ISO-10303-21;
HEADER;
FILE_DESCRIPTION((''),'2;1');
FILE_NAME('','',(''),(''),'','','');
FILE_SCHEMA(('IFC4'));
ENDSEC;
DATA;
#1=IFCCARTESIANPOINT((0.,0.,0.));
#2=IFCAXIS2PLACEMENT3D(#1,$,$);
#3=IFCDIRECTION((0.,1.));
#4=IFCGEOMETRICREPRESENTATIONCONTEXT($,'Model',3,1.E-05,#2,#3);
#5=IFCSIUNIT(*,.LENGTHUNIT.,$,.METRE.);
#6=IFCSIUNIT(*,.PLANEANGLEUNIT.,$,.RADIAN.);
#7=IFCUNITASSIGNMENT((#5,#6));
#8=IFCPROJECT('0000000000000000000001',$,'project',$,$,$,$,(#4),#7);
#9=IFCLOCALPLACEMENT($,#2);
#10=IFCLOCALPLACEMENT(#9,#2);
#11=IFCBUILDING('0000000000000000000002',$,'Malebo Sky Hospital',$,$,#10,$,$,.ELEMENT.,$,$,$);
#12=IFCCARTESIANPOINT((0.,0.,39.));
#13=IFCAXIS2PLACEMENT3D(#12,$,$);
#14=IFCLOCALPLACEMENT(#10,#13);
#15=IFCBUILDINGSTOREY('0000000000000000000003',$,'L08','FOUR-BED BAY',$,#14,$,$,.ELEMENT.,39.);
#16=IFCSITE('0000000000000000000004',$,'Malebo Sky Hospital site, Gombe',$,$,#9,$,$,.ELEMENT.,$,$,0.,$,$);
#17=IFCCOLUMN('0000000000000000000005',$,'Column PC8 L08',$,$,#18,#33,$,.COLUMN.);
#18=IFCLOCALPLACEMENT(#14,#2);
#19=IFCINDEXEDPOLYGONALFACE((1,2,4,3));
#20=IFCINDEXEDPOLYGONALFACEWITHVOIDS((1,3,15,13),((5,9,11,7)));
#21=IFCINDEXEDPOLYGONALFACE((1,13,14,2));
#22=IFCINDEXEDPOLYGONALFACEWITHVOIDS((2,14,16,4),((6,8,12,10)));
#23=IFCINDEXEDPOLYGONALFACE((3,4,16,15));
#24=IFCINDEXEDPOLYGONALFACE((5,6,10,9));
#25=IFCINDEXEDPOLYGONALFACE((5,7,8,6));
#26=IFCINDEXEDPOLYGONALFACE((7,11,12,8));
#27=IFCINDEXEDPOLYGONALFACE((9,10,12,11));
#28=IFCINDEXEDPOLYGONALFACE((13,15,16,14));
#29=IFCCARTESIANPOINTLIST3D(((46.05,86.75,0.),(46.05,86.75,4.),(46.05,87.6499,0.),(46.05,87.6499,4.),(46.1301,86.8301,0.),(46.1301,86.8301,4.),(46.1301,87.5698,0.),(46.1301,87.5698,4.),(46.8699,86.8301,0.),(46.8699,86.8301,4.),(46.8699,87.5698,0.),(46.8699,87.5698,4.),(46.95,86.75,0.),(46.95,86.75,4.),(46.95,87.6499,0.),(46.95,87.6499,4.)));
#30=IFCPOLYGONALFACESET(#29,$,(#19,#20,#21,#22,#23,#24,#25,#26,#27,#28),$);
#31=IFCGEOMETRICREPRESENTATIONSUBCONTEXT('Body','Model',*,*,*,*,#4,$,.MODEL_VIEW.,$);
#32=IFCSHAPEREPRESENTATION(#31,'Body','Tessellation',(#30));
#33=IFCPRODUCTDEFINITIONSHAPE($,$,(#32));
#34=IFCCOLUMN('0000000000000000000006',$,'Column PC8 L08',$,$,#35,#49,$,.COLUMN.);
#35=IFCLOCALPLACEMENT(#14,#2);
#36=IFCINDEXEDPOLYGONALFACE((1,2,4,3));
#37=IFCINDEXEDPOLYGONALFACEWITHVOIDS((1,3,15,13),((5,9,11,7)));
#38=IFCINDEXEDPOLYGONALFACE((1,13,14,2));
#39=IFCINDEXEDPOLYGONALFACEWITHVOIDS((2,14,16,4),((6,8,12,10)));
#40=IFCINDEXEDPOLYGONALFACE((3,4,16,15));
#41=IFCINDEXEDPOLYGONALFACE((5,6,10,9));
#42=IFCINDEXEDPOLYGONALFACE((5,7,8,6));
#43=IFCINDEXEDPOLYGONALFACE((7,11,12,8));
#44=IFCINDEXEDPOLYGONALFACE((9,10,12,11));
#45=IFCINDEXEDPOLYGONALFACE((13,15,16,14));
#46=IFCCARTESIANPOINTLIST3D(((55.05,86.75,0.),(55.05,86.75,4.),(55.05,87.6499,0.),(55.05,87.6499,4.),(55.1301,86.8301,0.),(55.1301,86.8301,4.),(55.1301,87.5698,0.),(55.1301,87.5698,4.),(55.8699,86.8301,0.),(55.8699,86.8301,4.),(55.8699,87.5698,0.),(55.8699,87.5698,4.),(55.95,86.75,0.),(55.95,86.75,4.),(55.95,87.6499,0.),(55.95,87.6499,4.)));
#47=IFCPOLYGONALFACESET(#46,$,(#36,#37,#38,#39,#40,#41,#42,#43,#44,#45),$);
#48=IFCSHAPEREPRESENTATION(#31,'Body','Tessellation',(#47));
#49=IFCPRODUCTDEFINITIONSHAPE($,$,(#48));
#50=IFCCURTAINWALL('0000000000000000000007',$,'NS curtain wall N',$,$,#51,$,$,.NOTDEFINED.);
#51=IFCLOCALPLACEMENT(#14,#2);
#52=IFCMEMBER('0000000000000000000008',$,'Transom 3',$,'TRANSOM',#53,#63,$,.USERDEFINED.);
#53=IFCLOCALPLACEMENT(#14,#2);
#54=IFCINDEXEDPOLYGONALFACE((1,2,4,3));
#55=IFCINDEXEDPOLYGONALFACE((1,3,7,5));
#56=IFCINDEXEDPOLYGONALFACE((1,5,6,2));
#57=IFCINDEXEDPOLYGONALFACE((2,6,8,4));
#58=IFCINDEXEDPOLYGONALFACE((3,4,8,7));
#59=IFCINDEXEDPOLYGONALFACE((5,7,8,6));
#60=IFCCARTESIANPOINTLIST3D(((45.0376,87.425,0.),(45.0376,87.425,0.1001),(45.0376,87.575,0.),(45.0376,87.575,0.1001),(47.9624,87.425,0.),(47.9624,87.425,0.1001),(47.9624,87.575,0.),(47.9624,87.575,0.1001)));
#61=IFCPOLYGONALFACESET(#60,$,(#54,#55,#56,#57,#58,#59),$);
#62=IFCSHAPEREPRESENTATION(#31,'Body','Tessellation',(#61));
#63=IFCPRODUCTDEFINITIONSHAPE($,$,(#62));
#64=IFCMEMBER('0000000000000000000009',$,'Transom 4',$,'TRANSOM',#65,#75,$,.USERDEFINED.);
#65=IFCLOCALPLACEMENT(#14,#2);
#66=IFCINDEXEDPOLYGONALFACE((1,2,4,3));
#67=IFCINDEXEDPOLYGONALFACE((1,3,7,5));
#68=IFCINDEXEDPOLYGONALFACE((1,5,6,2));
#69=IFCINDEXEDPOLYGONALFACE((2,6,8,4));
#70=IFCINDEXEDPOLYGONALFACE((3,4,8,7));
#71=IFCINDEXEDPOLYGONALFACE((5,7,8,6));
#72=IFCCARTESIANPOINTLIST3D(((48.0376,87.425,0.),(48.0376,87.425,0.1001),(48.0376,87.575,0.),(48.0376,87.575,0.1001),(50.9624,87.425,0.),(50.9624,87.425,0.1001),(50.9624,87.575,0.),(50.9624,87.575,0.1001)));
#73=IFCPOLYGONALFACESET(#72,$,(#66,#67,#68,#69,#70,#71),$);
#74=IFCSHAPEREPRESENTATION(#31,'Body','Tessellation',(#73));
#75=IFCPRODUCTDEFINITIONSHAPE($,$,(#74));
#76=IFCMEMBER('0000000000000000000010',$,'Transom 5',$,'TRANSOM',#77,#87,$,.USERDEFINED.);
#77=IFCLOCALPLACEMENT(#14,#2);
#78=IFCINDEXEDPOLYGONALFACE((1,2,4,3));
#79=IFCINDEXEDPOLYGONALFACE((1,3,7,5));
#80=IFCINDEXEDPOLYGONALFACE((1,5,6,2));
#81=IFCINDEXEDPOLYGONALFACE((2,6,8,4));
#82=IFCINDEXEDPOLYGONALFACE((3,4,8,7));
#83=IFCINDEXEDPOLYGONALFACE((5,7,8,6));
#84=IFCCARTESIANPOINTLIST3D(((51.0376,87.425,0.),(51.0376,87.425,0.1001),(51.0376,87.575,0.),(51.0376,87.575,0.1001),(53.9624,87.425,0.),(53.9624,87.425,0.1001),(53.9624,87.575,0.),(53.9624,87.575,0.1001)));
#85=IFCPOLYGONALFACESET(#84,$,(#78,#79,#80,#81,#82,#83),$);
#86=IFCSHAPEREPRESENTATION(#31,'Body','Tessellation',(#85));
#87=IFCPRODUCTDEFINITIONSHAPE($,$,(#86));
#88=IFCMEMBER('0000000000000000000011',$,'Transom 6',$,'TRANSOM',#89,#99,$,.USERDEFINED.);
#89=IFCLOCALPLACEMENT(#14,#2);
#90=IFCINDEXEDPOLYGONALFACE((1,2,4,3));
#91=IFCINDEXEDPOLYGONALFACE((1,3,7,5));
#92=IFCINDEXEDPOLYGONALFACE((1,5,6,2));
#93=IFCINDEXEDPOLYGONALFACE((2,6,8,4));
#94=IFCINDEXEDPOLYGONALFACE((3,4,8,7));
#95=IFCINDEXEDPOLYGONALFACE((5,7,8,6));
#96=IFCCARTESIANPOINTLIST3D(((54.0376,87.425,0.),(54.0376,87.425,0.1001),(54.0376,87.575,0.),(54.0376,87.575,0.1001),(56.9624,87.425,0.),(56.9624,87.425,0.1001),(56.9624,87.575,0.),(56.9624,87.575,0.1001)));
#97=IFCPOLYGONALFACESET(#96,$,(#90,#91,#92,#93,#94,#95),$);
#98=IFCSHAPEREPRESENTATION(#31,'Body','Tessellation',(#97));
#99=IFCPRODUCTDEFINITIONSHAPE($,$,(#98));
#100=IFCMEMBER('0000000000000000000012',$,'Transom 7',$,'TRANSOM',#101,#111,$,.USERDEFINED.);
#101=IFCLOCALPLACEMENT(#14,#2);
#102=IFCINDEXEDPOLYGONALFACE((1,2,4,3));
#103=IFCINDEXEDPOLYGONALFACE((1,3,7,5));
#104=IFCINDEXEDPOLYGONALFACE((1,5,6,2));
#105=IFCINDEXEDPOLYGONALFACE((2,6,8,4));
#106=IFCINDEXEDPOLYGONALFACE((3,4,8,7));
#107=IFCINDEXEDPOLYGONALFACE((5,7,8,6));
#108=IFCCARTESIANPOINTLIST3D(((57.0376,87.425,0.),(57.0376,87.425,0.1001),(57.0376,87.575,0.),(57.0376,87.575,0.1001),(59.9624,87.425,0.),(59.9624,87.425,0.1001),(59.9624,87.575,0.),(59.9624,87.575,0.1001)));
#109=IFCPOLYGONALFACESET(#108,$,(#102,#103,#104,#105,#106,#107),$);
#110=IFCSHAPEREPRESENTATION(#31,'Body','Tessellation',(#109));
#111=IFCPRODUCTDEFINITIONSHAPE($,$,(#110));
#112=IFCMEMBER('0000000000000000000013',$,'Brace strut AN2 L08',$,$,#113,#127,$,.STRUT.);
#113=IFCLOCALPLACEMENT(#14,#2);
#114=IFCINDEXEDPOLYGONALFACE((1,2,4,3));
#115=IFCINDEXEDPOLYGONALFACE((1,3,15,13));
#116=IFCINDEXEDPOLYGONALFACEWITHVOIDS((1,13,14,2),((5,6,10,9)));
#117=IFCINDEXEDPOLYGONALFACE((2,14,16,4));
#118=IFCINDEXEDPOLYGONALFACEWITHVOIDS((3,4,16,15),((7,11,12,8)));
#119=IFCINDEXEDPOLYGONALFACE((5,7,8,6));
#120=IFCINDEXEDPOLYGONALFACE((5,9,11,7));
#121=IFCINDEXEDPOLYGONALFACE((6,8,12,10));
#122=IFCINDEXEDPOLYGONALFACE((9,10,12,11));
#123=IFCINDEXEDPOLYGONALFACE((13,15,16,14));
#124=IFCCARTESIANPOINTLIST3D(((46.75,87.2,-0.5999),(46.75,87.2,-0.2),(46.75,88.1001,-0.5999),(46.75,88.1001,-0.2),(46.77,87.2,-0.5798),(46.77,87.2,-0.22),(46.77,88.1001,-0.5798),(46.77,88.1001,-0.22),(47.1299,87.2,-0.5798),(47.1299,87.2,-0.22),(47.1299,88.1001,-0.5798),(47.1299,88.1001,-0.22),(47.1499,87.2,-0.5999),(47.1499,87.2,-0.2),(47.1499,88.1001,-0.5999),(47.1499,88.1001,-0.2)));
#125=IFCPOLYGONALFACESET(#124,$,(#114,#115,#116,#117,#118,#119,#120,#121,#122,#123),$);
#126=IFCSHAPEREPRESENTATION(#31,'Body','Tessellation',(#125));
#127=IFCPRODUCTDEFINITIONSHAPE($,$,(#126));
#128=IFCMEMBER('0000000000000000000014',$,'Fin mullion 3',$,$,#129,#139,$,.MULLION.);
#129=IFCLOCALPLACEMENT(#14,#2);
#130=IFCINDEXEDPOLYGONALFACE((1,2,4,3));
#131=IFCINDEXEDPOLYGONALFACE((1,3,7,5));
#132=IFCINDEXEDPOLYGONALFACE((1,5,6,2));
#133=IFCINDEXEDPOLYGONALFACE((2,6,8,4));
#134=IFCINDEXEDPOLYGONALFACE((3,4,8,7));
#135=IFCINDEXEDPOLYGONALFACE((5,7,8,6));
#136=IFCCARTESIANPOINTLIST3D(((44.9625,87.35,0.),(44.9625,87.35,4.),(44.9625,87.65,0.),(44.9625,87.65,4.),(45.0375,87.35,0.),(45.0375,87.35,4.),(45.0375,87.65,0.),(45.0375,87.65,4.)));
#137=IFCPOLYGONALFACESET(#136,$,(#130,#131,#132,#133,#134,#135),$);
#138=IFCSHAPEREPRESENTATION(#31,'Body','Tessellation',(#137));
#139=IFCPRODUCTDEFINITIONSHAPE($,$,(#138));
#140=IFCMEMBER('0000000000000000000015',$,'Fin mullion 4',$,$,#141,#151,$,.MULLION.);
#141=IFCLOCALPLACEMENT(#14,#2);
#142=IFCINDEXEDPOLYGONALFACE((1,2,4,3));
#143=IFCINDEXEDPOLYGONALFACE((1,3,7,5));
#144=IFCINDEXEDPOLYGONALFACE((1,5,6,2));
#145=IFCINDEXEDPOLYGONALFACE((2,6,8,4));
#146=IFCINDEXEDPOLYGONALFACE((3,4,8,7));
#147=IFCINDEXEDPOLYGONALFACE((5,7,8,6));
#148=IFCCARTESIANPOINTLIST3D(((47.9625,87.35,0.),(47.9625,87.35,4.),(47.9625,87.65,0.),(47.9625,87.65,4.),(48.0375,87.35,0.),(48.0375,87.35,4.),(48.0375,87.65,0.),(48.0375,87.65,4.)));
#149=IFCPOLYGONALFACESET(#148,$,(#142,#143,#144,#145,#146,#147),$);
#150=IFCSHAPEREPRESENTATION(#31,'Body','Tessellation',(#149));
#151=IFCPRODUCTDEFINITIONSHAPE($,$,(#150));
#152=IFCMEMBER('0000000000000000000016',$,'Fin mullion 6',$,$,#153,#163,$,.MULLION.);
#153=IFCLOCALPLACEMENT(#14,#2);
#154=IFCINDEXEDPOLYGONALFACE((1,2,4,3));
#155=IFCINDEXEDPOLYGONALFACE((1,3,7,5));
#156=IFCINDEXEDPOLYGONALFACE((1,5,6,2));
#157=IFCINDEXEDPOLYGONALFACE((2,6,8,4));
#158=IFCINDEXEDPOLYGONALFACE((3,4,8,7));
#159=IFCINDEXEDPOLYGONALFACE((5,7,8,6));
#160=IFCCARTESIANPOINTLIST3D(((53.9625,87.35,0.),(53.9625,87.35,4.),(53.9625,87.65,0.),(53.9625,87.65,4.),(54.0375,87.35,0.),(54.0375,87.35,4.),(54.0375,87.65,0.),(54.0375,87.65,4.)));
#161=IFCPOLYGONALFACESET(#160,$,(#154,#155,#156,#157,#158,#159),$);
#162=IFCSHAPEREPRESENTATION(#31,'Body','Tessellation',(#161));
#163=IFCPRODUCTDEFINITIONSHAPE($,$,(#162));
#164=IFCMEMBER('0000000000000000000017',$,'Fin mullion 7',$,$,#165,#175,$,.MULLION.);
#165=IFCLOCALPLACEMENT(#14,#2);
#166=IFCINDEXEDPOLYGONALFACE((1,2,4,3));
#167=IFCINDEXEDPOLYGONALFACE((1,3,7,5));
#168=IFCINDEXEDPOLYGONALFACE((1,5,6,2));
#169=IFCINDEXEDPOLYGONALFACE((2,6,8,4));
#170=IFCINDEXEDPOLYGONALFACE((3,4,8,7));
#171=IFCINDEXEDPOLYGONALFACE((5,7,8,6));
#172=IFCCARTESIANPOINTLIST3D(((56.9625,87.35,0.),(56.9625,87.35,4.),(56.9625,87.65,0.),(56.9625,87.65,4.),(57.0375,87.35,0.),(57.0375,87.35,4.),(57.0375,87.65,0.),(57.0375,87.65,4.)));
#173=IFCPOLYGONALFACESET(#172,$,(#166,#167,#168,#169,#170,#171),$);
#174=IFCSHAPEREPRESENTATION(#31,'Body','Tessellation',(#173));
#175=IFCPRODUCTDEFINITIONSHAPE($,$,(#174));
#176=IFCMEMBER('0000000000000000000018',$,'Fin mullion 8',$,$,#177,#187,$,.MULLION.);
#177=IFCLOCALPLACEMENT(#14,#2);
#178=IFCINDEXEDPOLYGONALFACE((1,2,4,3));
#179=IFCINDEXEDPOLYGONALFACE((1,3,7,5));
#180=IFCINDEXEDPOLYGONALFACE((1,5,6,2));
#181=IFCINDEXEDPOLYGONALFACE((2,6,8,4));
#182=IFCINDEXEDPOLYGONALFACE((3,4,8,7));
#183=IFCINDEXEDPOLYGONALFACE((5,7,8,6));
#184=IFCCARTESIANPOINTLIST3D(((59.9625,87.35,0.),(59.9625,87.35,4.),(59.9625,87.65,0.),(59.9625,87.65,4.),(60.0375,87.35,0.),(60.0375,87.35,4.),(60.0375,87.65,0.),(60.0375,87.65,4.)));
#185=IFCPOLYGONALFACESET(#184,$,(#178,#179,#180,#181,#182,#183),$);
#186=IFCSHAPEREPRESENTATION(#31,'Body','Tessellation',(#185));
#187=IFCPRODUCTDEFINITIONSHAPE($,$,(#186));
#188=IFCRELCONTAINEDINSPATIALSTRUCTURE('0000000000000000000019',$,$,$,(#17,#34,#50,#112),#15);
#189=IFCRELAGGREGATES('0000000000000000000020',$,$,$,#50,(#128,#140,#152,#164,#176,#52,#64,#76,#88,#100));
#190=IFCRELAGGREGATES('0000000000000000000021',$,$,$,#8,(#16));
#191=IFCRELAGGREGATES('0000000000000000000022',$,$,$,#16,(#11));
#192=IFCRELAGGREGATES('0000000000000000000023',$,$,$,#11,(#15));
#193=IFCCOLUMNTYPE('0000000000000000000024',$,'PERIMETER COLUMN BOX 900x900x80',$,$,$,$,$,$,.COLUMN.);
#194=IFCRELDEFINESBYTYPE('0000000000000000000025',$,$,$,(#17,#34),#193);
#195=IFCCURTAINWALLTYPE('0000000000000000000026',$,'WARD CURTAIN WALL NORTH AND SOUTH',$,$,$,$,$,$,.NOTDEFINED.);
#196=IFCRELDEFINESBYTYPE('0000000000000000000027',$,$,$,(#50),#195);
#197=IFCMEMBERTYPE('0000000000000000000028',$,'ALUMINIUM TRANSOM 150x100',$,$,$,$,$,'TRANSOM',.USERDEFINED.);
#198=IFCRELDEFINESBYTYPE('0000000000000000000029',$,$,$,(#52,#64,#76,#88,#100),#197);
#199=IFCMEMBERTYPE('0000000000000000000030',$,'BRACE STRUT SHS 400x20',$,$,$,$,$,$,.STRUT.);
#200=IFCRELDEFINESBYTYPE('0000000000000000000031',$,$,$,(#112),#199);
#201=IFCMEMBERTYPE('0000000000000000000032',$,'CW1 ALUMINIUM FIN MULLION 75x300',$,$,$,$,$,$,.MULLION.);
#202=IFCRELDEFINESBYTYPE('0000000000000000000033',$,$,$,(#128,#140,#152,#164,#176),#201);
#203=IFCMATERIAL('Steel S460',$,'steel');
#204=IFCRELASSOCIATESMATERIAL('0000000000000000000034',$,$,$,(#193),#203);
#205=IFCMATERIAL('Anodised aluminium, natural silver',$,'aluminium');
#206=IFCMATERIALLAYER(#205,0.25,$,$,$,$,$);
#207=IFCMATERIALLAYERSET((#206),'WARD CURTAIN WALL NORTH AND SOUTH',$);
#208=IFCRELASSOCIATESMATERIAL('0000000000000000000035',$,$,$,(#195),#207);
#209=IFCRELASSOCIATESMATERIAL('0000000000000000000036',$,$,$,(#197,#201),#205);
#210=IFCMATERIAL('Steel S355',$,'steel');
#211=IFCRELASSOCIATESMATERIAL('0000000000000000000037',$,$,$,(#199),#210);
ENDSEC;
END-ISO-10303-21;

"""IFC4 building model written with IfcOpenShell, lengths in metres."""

from ifc_helpers import new_model, si_unit, direction, frame, origin, origin_2d, place, context, subcontext, project, spatial, rectangle, hollow_rectangle, extrude, material, layer, layer_set, material_profile, profile_set, type_object, element, aggregate, save


model = new_model("IFC4")

# Units and contexts
model_context = context("Model", 3, precision=1e-05, world=origin(), true_north=direction((0.0, 1.0)))
body_context = subcontext(model_context, "Body", "Model", "MODEL_VIEW")
ifc_project = project(units=[si_unit("LENGTHUNIT", "METRE"), si_unit("PLANEANGLEUNIT", "RADIAN")], contexts=[model_context])

# Site, building, storey
site_placement = place(None, origin())
site = spatial("IfcSite", under=ifc_project, at=site_placement, Name="Malebo Sky Hospital site, Gombe", CompositionType="ELEMENT", RefElevation=0.0)
building_placement = place(site_placement, origin())
building = spatial("IfcBuilding", under=site, at=building_placement, Name="Malebo Sky Hospital", CompositionType="ELEMENT")
storey_placement = place(building_placement, frame((0.0, 0.0, 39.0)))
storey = spatial("IfcBuildingStorey", under=building, at=storey_placement, Name="L08", Description="FOUR-BED BAY", CompositionType="ELEMENT", Elevation=39.0)

# Columns
ifc_material_1 = material(Name="Steel S460", Category="steel")
ifc_material_profile_1 = material_profile(ifc_material_1, hollow_rectangle(XDim=0.8999, YDim=0.8999, WallThickness=0.0801, at=origin_2d()), Name="BOX 900x900x80")
ifc_profile_set_1 = profile_set([ifc_material_profile_1], Name="Steel S460")
column_type = type_object("IfcColumnType", Name="PERIMETER COLUMN BOX 900x900x80", PredefinedType="COLUMN", material=ifc_profile_set_1)
for number, where, z_axis, x_axis, name in (
    (1, (46.5, 87.2, 0.0), (0.0, 0.0, 1.0), (1.0, 0.0, 0.0), "Column PC8 L08"),
    (2, (55.5, 87.2, 0.0), (0.0, 0.0, 1.0), (1.0, 0.0, 0.0), "Column PC8 L08"),
):
    element("IfcColumn", number, at=place(storey_placement, frame(where, z_axis=z_axis, x_axis=x_axis)), inside=storey, type_object=column_type, Name=name, PredefinedType="COLUMN", context=body_context, shape_type="SweptSolid", body=[
        extrude(hollow_rectangle(XDim=0.8999, YDim=0.8999, WallThickness=0.0801, at=origin_2d()), origin(), (0.0, 0.0, 1.0), 4.0),
    ])

# Curtain wall, members
ifc_material_2 = material(Name="Anodised aluminium, natural silver", Category="aluminium")
ifc_layer_1 = layer(ifc_material_2, 0.25)
ifc_layer_set_1 = layer_set([ifc_layer_1], Name="WARD CURTAIN WALL NORTH AND SOUTH")
curtain_wall_type = type_object("IfcCurtainWallType", Name="WARD CURTAIN WALL NORTH AND SOUTH", PredefinedType="NOTDEFINED", material=ifc_layer_set_1)
curtain_wall_placement = place(storey_placement, origin())
curtain_wall = element("IfcCurtainWall", 3, at=curtain_wall_placement, inside=storey, type_object=curtain_wall_type, Name="NS curtain wall N", PredefinedType="NOTDEFINED")
ifc_material_profile_2 = material_profile(ifc_material_2, rectangle(XDim=0.1499, YDim=0.1001, at=origin_2d()), Name="ALUMINIUM TRANSOM 150x100")
ifc_profile_set_2 = profile_set([ifc_material_profile_2], Name="Anodised aluminium, natural silver")
member_type_1 = type_object("IfcMemberType", Name="ALUMINIUM TRANSOM 150x100", ElementType="TRANSOM", PredefinedType="USERDEFINED", material=ifc_profile_set_2)
member_1_placement = place(storey_placement, frame((45.0376, 87.5, 0.05), z_axis=(1.0, 0.0, 0.0), x_axis=(0.0, 1.0, 0.0)))
member_1 = element("IfcMember", 4, at=member_1_placement, type_object=member_type_1, Name="Transom 3", ObjectType="TRANSOM", PredefinedType="USERDEFINED", context=body_context, shape_type="SweptSolid", body=[
    extrude(rectangle(XDim=0.1499, YDim=0.1001, at=origin_2d()), origin(), (0.0, 0.0, 1.0), 2.9248),
])
member_2_placement = place(storey_placement, frame((48.0376, 87.5, 0.05), z_axis=(1.0, 0.0, 0.0), x_axis=(0.0, 1.0, 0.0)))
member_2 = element("IfcMember", 5, at=member_2_placement, type_object=member_type_1, Name="Transom 4", ObjectType="TRANSOM", PredefinedType="USERDEFINED", context=body_context, shape_type="SweptSolid", body=[
    extrude(rectangle(XDim=0.1499, YDim=0.1001, at=origin_2d()), origin(), (0.0, 0.0, 1.0), 2.9248),
])
member_3_placement = place(storey_placement, frame((51.0376, 87.5, 0.05), z_axis=(1.0, 0.0, 0.0), x_axis=(0.0, 1.0, 0.0)))
member_3 = element("IfcMember", 6, at=member_3_placement, type_object=member_type_1, Name="Transom 5", ObjectType="TRANSOM", PredefinedType="USERDEFINED", context=body_context, shape_type="SweptSolid", body=[
    extrude(rectangle(XDim=0.1499, YDim=0.1001, at=origin_2d()), origin(), (0.0, 0.0, 1.0), 2.9248),
])
member_4_placement = place(storey_placement, frame((54.0376, 87.5, 0.05), z_axis=(1.0, 0.0, 0.0), x_axis=(0.0, 1.0, 0.0)))
member_4 = element("IfcMember", 7, at=member_4_placement, type_object=member_type_1, Name="Transom 6", ObjectType="TRANSOM", PredefinedType="USERDEFINED", context=body_context, shape_type="SweptSolid", body=[
    extrude(rectangle(XDim=0.1499, YDim=0.1001, at=origin_2d()), origin(), (0.0, 0.0, 1.0), 2.9248),
])
member_5_placement = place(storey_placement, frame((57.0376, 87.5, 0.05), z_axis=(1.0, 0.0, 0.0), x_axis=(0.0, 1.0, 0.0)))
member_5 = element("IfcMember", 8, at=member_5_placement, type_object=member_type_1, Name="Transom 7", ObjectType="TRANSOM", PredefinedType="USERDEFINED", context=body_context, shape_type="SweptSolid", body=[
    extrude(rectangle(XDim=0.1499, YDim=0.1001, at=origin_2d()), origin(), (0.0, 0.0, 1.0), 2.9248),
])

# Members
ifc_material_3 = material(Name="Steel S355", Category="steel")
ifc_material_profile_3 = material_profile(ifc_material_3, hollow_rectangle(XDim=0.3999, YDim=0.3999, WallThickness=0.02, at=origin_2d()), Name="SHS 400x20")
ifc_profile_set_3 = profile_set([ifc_material_profile_3], Name="Steel S355")
member_type_2 = type_object("IfcMemberType", Name="BRACE STRUT SHS 400x20", PredefinedType="STRUT", material=ifc_profile_set_3)
member_6_placement = place(storey_placement, frame((46.95, 88.1001, -0.3999), z_axis=(0.0, -1.0, 0.0), x_axis=(1.0, 0.0, 0.0)))
element("IfcMember", 9, at=member_6_placement, inside=storey, type_object=member_type_2, Name="Brace strut AN2 L08", PredefinedType="STRUT", context=body_context, shape_type="SweptSolid", body=[
    extrude(hollow_rectangle(XDim=0.3999, YDim=0.3999, WallThickness=0.02, at=origin_2d()), origin(), (0.0, 0.0, 1.0), 0.9001),
])
ifc_material_profile_4 = material_profile(ifc_material_2, rectangle(XDim=0.075, YDim=0.3, at=origin_2d()), Name="CW1 ALUMINIUM FIN MULLION 75x300")
ifc_profile_set_4 = profile_set([ifc_material_profile_4], Name="Anodised aluminium, natural silver")
member_type_3 = type_object("IfcMemberType", Name="CW1 ALUMINIUM FIN MULLION 75x300", PredefinedType="MULLION", material=ifc_profile_set_4)
member_7_placement = place(storey_placement, frame((45.0, 87.5, 0.0), z_axis=(0.0, 0.0, 1.0), x_axis=(1.0, 0.0, 0.0)))
member_7 = element("IfcMember", 10, at=member_7_placement, type_object=member_type_3, Name="Fin mullion 3", PredefinedType="MULLION", context=body_context, shape_type="SweptSolid", body=[
    extrude(rectangle(XDim=0.075, YDim=0.3, at=origin_2d()), origin(), (0.0, 0.0, 1.0), 4.0),
])
member_8_placement = place(storey_placement, frame((48.0, 87.5, 0.0), z_axis=(0.0, 0.0, 1.0), x_axis=(1.0, 0.0, 0.0)))
member_8 = element("IfcMember", 11, at=member_8_placement, type_object=member_type_3, Name="Fin mullion 4", PredefinedType="MULLION", context=body_context, shape_type="SweptSolid", body=[
    extrude(rectangle(XDim=0.075, YDim=0.3, at=origin_2d()), origin(), (0.0, 0.0, 1.0), 4.0),
])
member_9_placement = place(storey_placement, frame((54.0, 87.5, 0.0), z_axis=(0.0, 0.0, 1.0), x_axis=(1.0, 0.0, 0.0)))
member_9 = element("IfcMember", 12, at=member_9_placement, type_object=member_type_3, Name="Fin mullion 6", PredefinedType="MULLION", context=body_context, shape_type="SweptSolid", body=[
    extrude(rectangle(XDim=0.075, YDim=0.3, at=origin_2d()), origin(), (0.0, 0.0, 1.0), 4.0),
])
member_10_placement = place(storey_placement, frame((57.0, 87.5, 0.0), z_axis=(0.0, 0.0, 1.0), x_axis=(1.0, 0.0, 0.0)))
member_10 = element("IfcMember", 13, at=member_10_placement, type_object=member_type_3, Name="Fin mullion 7", PredefinedType="MULLION", context=body_context, shape_type="SweptSolid", body=[
    extrude(rectangle(XDim=0.075, YDim=0.3, at=origin_2d()), origin(), (0.0, 0.0, 1.0), 4.0),
])
member_11_placement = place(storey_placement, frame((60.0, 87.5, 0.0), z_axis=(0.0, 0.0, 1.0), x_axis=(1.0, 0.0, 0.0)))
member_11 = element("IfcMember", 14, at=member_11_placement, type_object=member_type_3, Name="Fin mullion 8", PredefinedType="MULLION", context=body_context, shape_type="SweptSolid", body=[
    extrude(rectangle(XDim=0.075, YDim=0.3, at=origin_2d()), origin(), (0.0, 0.0, 1.0), 4.0),
])

aggregate(curtain_wall, [member_7, member_8, member_9, member_10, member_11, member_1, member_2, member_3, member_4, member_5])

save(model, "model.ifc")
